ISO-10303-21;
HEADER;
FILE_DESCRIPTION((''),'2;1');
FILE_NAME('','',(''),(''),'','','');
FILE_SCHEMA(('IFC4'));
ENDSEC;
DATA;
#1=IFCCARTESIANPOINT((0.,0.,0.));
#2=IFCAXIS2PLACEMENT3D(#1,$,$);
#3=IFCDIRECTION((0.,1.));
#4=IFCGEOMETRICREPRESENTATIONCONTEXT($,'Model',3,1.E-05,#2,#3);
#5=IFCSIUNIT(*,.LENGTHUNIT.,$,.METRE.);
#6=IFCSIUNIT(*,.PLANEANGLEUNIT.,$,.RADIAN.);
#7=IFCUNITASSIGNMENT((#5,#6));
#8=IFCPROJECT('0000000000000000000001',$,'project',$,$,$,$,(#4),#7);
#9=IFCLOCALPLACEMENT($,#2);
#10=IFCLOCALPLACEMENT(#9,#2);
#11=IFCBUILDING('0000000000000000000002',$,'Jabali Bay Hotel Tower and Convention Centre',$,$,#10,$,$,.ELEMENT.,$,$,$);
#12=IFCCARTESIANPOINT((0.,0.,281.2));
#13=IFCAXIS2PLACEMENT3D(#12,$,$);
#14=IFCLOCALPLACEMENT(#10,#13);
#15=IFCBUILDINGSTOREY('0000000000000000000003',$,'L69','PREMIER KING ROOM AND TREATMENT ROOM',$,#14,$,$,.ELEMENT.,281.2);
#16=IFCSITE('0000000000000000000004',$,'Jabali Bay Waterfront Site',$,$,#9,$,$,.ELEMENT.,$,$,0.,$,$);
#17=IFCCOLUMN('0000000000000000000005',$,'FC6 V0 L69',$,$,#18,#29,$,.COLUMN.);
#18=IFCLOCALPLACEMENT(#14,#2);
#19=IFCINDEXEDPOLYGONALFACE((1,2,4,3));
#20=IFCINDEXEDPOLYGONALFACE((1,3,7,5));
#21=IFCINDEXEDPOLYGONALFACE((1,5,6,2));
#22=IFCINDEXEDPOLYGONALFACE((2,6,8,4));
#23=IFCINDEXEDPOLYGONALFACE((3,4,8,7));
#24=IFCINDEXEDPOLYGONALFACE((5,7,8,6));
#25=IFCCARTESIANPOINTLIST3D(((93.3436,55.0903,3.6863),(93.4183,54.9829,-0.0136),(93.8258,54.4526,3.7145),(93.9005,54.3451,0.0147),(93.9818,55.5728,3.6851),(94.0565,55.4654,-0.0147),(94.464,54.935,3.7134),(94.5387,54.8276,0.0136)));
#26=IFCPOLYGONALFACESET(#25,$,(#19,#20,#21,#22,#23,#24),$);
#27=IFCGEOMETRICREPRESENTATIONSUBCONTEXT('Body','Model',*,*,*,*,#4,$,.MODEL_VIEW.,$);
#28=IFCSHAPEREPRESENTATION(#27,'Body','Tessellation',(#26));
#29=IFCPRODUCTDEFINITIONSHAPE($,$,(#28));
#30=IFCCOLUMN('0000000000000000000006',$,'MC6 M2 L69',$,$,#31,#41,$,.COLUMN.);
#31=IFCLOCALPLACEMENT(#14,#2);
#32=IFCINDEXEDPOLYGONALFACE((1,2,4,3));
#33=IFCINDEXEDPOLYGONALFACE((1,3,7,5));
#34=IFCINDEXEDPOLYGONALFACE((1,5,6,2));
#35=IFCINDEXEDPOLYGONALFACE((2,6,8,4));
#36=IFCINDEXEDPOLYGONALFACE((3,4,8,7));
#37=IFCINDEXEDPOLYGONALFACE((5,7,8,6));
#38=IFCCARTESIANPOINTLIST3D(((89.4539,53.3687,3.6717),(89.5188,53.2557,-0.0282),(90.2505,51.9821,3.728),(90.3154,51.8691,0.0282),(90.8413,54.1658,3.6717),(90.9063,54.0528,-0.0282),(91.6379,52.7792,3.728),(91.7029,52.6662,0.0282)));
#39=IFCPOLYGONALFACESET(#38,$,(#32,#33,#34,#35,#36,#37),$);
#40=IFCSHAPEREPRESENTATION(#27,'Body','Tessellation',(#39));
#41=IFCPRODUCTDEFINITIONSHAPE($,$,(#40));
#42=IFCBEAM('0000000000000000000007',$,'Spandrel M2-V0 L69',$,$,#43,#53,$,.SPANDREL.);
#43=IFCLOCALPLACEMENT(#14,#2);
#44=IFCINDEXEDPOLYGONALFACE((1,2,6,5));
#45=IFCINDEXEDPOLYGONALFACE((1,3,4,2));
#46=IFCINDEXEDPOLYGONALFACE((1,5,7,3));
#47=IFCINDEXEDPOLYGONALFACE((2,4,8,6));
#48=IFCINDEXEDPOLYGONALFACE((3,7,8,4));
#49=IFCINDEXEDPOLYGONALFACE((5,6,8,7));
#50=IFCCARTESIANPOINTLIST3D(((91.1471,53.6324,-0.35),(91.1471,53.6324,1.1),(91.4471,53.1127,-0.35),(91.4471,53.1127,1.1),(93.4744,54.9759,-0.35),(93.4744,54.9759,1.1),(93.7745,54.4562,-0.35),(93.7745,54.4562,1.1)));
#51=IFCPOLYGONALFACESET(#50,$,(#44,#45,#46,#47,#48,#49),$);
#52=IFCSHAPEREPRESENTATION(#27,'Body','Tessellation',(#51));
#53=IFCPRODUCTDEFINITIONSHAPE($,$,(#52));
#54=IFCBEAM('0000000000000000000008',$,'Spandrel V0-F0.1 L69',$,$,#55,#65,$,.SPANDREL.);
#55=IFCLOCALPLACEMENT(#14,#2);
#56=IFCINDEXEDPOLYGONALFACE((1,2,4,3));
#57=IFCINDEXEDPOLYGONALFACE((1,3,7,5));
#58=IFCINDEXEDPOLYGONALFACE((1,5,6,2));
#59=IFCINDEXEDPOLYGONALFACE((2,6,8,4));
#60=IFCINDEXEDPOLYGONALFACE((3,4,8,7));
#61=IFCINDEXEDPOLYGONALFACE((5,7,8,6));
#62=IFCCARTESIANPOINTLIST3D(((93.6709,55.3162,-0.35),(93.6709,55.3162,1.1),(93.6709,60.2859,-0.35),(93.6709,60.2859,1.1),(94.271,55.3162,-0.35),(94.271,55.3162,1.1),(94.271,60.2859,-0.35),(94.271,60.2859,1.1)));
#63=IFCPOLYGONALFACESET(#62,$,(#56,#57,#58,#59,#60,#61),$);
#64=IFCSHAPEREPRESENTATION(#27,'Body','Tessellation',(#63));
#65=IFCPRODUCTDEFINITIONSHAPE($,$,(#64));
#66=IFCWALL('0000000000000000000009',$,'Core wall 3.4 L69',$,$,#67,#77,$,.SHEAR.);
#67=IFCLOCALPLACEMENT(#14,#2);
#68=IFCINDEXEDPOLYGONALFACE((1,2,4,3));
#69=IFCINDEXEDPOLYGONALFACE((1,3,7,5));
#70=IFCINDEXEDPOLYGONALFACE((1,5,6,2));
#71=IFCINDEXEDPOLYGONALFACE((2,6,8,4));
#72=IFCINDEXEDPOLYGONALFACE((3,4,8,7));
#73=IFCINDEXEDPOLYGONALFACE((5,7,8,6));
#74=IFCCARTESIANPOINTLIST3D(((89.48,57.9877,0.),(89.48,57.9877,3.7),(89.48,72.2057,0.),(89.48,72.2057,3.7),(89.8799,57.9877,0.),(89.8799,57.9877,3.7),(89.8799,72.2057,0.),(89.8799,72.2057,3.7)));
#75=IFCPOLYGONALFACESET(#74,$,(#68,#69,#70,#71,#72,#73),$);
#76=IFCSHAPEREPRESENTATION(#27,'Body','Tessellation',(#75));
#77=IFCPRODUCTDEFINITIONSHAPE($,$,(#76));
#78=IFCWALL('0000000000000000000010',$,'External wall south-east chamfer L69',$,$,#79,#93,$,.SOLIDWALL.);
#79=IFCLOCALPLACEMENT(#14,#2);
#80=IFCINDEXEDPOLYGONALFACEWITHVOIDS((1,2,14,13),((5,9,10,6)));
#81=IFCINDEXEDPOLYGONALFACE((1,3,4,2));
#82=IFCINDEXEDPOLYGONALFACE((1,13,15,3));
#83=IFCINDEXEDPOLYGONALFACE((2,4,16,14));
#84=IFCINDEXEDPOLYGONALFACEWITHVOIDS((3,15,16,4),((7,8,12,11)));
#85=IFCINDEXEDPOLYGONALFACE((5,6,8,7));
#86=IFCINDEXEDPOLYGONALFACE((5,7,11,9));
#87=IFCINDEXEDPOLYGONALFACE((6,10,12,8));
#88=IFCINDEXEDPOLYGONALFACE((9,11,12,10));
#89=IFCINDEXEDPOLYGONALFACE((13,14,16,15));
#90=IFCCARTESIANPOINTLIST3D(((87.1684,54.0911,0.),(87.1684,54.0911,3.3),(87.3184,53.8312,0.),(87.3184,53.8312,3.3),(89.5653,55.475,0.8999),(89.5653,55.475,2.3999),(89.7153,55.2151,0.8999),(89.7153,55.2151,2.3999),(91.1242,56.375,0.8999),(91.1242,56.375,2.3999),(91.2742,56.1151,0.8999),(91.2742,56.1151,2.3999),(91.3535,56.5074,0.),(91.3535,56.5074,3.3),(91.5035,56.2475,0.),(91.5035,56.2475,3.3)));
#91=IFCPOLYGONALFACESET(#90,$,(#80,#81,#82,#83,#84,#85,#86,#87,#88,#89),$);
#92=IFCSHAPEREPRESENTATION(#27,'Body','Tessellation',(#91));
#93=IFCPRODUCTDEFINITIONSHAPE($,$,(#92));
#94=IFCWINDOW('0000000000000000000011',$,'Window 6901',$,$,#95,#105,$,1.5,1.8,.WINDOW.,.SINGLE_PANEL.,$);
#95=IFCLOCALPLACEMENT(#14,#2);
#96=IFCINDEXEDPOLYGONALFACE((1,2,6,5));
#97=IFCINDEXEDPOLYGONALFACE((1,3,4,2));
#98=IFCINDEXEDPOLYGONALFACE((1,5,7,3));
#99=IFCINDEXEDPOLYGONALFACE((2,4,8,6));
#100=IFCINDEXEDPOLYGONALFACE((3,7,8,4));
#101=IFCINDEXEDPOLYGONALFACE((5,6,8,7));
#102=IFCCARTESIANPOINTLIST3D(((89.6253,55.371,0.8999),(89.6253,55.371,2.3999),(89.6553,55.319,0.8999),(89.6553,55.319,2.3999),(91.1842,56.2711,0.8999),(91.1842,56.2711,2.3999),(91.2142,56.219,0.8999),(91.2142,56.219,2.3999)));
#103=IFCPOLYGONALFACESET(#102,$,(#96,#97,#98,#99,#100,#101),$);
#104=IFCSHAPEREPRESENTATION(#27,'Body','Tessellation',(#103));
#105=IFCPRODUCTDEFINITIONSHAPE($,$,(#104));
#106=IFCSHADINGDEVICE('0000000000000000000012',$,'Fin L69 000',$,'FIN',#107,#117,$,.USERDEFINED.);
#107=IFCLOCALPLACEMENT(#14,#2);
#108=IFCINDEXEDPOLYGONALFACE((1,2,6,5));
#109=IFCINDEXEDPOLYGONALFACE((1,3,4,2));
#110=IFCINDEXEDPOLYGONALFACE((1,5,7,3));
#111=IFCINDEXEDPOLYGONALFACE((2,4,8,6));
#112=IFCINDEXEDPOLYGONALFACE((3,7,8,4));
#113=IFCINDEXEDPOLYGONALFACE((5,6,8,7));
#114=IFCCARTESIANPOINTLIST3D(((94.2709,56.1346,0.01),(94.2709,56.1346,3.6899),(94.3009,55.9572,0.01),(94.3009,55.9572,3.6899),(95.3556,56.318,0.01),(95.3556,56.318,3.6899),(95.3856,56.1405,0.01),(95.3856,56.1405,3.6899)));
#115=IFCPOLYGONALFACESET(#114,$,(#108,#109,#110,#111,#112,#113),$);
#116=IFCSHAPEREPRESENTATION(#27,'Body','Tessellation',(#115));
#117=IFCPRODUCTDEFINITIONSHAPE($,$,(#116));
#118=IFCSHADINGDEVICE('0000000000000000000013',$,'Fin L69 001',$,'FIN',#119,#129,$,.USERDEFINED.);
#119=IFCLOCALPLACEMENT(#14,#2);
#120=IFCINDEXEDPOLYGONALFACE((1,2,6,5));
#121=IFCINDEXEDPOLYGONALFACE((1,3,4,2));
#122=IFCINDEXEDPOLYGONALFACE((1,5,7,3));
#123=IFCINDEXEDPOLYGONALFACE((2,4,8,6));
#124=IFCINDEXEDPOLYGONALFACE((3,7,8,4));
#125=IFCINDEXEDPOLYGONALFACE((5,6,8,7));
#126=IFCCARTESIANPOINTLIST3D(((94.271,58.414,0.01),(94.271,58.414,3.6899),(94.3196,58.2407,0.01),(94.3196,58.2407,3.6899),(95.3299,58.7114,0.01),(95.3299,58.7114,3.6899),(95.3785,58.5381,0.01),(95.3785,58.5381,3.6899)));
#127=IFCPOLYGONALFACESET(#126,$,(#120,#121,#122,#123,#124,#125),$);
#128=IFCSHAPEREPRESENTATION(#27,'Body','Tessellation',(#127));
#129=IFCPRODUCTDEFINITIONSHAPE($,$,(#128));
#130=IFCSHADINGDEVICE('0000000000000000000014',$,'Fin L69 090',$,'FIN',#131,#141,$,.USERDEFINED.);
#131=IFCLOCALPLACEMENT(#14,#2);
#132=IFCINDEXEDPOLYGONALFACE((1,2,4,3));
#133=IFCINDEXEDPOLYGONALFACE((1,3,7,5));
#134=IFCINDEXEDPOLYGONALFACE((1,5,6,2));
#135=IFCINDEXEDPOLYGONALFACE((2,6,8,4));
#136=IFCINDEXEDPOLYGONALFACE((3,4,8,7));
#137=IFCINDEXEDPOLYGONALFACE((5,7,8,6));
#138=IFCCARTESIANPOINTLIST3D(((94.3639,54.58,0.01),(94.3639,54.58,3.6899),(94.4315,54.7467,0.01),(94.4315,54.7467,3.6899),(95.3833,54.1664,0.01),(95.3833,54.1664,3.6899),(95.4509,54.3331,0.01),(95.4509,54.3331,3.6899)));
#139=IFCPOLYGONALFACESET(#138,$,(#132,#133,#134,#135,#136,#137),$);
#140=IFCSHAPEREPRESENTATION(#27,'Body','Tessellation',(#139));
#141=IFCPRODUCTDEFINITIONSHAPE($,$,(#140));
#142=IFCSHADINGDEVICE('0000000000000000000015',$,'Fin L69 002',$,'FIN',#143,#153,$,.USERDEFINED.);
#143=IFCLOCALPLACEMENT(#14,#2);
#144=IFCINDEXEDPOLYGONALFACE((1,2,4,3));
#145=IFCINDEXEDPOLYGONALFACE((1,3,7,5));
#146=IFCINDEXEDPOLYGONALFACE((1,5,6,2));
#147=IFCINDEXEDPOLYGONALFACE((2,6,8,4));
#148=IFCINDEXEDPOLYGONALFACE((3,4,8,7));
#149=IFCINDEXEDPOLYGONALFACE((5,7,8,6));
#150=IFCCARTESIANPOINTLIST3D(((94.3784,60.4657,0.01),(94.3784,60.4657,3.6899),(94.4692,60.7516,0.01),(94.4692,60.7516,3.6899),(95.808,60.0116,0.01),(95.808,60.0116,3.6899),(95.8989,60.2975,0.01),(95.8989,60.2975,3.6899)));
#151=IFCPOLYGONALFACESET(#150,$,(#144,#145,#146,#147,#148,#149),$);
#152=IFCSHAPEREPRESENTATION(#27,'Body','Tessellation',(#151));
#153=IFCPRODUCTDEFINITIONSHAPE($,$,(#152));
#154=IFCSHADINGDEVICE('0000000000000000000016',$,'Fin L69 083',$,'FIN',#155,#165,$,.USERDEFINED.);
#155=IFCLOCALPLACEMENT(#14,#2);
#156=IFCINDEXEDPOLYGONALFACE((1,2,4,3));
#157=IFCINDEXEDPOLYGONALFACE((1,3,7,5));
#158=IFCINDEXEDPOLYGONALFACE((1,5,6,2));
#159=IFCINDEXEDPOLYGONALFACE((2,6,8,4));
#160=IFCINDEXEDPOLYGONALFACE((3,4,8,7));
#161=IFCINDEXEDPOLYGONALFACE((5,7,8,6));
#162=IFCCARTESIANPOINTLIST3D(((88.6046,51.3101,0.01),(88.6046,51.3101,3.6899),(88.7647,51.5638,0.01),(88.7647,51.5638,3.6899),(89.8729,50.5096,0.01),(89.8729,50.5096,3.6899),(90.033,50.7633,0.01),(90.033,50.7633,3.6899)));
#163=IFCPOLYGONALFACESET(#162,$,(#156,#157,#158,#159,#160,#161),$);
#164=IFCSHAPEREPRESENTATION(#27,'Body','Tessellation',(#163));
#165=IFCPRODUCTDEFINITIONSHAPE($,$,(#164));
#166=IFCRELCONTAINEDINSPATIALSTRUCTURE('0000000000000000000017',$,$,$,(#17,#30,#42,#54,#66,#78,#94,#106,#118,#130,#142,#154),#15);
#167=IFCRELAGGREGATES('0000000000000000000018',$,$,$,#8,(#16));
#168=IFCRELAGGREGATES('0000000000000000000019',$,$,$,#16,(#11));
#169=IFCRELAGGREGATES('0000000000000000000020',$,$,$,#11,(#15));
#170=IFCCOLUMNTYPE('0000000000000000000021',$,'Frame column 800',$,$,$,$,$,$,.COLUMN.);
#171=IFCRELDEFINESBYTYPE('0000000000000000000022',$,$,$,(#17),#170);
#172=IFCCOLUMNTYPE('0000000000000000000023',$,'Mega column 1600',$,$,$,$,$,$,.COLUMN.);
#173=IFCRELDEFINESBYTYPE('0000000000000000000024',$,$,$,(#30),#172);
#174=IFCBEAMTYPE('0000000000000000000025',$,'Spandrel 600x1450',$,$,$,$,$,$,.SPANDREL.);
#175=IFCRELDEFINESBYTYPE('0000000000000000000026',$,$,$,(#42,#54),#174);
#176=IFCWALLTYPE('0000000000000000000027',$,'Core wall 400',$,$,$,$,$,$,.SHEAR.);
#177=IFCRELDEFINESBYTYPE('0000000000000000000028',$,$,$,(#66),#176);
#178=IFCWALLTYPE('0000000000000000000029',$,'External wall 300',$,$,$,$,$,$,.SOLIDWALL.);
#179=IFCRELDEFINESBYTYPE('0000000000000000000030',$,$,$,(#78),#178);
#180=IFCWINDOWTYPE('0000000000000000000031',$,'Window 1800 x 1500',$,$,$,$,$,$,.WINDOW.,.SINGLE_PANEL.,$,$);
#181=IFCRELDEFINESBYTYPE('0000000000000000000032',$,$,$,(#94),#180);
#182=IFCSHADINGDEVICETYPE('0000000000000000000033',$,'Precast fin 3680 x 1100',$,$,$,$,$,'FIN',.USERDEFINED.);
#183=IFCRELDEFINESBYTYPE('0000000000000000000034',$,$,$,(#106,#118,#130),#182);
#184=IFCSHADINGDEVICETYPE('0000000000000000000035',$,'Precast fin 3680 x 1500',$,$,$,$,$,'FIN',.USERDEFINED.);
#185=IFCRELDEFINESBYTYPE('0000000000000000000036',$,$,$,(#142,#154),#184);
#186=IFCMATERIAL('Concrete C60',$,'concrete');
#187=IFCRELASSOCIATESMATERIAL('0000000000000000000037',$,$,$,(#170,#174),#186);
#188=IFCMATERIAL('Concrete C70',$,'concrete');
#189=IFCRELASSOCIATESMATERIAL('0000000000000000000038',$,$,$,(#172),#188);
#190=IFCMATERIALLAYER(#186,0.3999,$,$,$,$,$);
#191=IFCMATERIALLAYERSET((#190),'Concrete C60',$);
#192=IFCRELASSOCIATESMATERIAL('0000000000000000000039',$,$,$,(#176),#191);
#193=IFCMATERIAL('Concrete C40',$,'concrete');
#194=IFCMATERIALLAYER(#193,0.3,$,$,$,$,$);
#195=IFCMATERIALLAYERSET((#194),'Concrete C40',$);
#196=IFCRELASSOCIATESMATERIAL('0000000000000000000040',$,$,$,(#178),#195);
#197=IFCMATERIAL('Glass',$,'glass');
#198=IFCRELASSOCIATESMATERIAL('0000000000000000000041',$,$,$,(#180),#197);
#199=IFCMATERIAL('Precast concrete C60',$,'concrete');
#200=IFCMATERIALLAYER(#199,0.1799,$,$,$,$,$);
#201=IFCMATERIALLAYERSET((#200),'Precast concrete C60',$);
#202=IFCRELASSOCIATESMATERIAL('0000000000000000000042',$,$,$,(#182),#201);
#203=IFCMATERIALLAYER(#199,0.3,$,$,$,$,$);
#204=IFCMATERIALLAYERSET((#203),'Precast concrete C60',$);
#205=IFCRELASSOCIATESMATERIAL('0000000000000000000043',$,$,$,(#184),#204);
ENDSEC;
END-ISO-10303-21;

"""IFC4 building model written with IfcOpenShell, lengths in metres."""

from ifc_helpers import new_model, si_unit, direction, frame, frame_2d, origin, origin_2d, place, context, subcontext, project, spatial, rectangle, extrude, material, layer, layer_set, material_profile, profile_set, type_object, element, fill, save


model = new_model("IFC4")

# Units and contexts
model_context = context("Model", 3, precision=1e-05, world=origin(), true_north=direction((0.0, 1.0)))
body_context = subcontext(model_context, "Body", "Model", "MODEL_VIEW")
ifc_project = project(units=[si_unit("LENGTHUNIT", "METRE"), si_unit("PLANEANGLEUNIT", "RADIAN")], contexts=[model_context])

# Site, building, storey
site_placement = place(None, origin())
site = spatial("IfcSite", under=ifc_project, at=site_placement, Name="Jabali Bay Waterfront Site", CompositionType="ELEMENT", RefElevation=0.0)
building_placement = place(site_placement, origin())
building = spatial("IfcBuilding", under=site, at=building_placement, Name="Jabali Bay Hotel Tower and Convention Centre", CompositionType="ELEMENT")
storey_placement = place(building_placement, frame((0.0, 0.0, 281.2)))
storey = spatial("IfcBuildingStorey", under=building, at=storey_placement, Name="L69", Description="PREMIER KING ROOM AND TREATMENT ROOM", CompositionType="ELEMENT", Elevation=281.2)

# Columns
ifc_material_1 = material(Name="Concrete C60", Category="concrete")
ifc_material_profile_1 = material_profile(ifc_material_1, rectangle(XDim=0.8, YDim=0.8, at=origin_2d()), Name="Frame column 800")
ifc_profile_set_1 = profile_set([ifc_material_profile_1], Name="Concrete C60")
column_type_1 = type_object("IfcColumnType", Name="Frame column 800", PredefinedType="COLUMN", material=ifc_profile_set_1)
column_1_placement = place(storey_placement, frame((93.9785, 54.9053, 0.0), z_axis=(-0.020179, 0.029015, 0.999375), x_axis=(-0.797698, -0.603056, 0.001402)))
element("IfcColumn", 1, at=column_1_placement, inside=storey, type_object=column_type_1, Name="FC6 V0 L69", PredefinedType="COLUMN", context=body_context, shape_type="SweptSolid", body=[
    extrude(rectangle(XDim=0.8, YDim=0.8, at=origin_2d()), origin(), (0.0, 0.0, 1.0), 3.7021),
])
ifc_material_2 = material(Name="Concrete C70", Category="concrete")
ifc_material_profile_2 = material_profile(ifc_material_2, rectangle(XDim=1.6001, YDim=1.6001, at=origin_2d()), Name="Mega column 1600")
ifc_profile_set_2 = profile_set([ifc_material_profile_2], Name="Concrete C70")
column_type_2 = type_object("IfcColumnType", Name="Mega column 1600", PredefinedType="COLUMN", material=ifc_profile_set_2)
column_2_placement = place(storey_placement, frame((90.6108, 52.9609, 0.0), z_axis=(-0.017541, 0.030532, 0.99938), x_axis=(0.497843, -0.866552, 0.035212)))
element("IfcColumn", 2, at=column_2_placement, inside=storey, type_object=column_type_2, Name="MC6 M2 L69", PredefinedType="COLUMN", context=body_context, shape_type="SweptSolid", body=[
    extrude(rectangle(XDim=1.6001, YDim=1.6001, at=origin_2d()), origin(), (0.0, 0.0, 1.0), 3.7021),
])

# Beams
ifc_material_profile_3 = material_profile(ifc_material_1, rectangle(XDim=0.6001, YDim=1.45, at=origin_2d()), Name="Spandrel 600x1450")
ifc_profile_set_3 = profile_set([ifc_material_profile_3], Name="Concrete C60")
beam_type = type_object("IfcBeamType", Name="Spandrel 600x1450", PredefinedType="SPANDREL", material=ifc_profile_set_3)
beam_1_placement = place(storey_placement, frame((91.2971, 53.3726, 0.375), z_axis=(0.86606, 0.49994, 0.0), x_axis=(-0.49994, 0.86606, 0.0)))
element("IfcBeam", 3, at=beam_1_placement, inside=storey, type_object=beam_type, Name="Spandrel M2-V0 L69", PredefinedType="SPANDREL", context=body_context, shape_type="SweptSolid", body=[
    extrude(rectangle(XDim=0.6001, YDim=1.45, at=origin_2d()), origin(), (0.0, 0.0, 1.0), 2.6873),
])
beam_2_placement = place(storey_placement, frame((93.9709, 55.3162, 0.375), z_axis=(0.0, 1.0, 0.0), x_axis=(-1.0, 0.0, 0.0)))
element("IfcBeam", 4, at=beam_2_placement, inside=storey, type_object=beam_type, Name="Spandrel V0-F0.1 L69", PredefinedType="SPANDREL", context=body_context, shape_type="SweptSolid", body=[
    extrude(rectangle(XDim=0.6001, YDim=1.45, at=origin_2d()), origin(), (0.0, 0.0, 1.0), 4.9697),
])

# Wall
ifc_layer_1 = layer(ifc_material_1, 0.3999)
ifc_layer_set_1 = layer_set([ifc_layer_1], Name="Concrete C60")
wall_type_1 = type_object("IfcWallType", Name="Core wall 400", PredefinedType="SHEAR", material=ifc_layer_set_1)
wall_1_placement = place(storey_placement, frame((89.6799, 57.9878, 0.0), z_axis=(0.0, 0.0, 1.0), x_axis=(0.0, 1.0, 0.0)))
element("IfcWall", 5, at=wall_1_placement, inside=storey, type_object=wall_type_1, Name="Core wall 3.4 L69", PredefinedType="SHEAR", context=body_context, shape_type="SweptSolid", body=[
    extrude(rectangle(XDim=14.218, YDim=0.3999, at=frame_2d((7.1089, 0.0))), origin(), (0.0, 0.0, 1.0), 3.7),
])

# Wall, opening, window
ifc_material_3 = material(Name="Concrete C40", Category="concrete")
ifc_layer_2 = layer(ifc_material_3, 0.3)
ifc_layer_set_2 = layer_set([ifc_layer_2], Name="Concrete C40")
wall_type_2 = type_object("IfcWallType", Name="External wall 300", PredefinedType="SOLIDWALL", material=ifc_layer_set_2)
wall_2_placement = place(storey_placement, frame((91.4285, 56.3774, 0.0), z_axis=(0.0, 0.0, 1.0), x_axis=(-0.866024, -0.500002, 0.0)))
wall_2 = element("IfcWall", 6, at=wall_2_placement, inside=storey, type_object=wall_type_2, Name="External wall south-east chamfer L69", PredefinedType="SOLIDWALL", context=body_context, shape_type="SweptSolid", body=[
    extrude(rectangle(XDim=4.8325, YDim=0.3, at=frame_2d((2.4163, 0.0))), origin(), (0.0, 0.0, 1.0), 3.3),
])
opening_placement = place(wall_2_placement, frame((0.2649, 0.0, 0.8999)))
opening = element("IfcOpeningElement", 7, at=opening_placement, cuts=wall_2, PredefinedType="OPENING", context=body_context, shape_type="SweptSolid", body=[
    extrude(rectangle(XDim=1.8, YDim=1.5, at=frame_2d((0.8999, 0.75))), frame((0.0, 0.1606, 0.0), z_axis=(0.0, -1.0, 0.0), x_axis=(1.0, 0.0, 0.0)), (0.0, 0.0, 1.0), 0.321),
])
ifc_material_4 = material(Name="Glass", Category="glass")
window_type = type_object("IfcWindowType", Name="Window 1800 x 1500", PartitioningType="SINGLE_PANEL", PredefinedType="WINDOW", material=ifc_material_4)
window_placement = place(opening_placement, origin())
window = element("IfcWindow", 8, at=window_placement, inside=storey, type_object=window_type, Name="Window 6901", OverallHeight=1.5, OverallWidth=1.8, PartitioningType="SINGLE_PANEL", PredefinedType="WINDOW", context=body_context, shape_type="SweptSolid", body=[
    extrude(rectangle(XDim=1.8, YDim=1.5, at=frame_2d((0.8999, 0.75))), frame((0.0, 0.03, 0.0), z_axis=(0.0, -1.0, 0.0), x_axis=(1.0, 0.0, 0.0)), (0.0, 0.0, 1.0), 0.0601),
])
fill(opening, window)

# Shading devices
ifc_material_5 = material(Name="Precast concrete C60", Category="concrete")
ifc_layer_3 = layer(ifc_material_5, 0.1799)
ifc_layer_set_3 = layer_set([ifc_layer_3], Name="Precast concrete C60")
shading_device_type_1 = type_object("IfcShadingDeviceType", Name="Precast fin 3680 x 1100", ElementType="FIN", PredefinedType="USERDEFINED", material=ifc_layer_set_3)
shading_device_1_placement = place(storey_placement, frame((94.2859, 56.0459, 0.01), z_axis=(0.0, 0.0, 1.0), x_axis=(0.986013, 0.166666, 0.0)))
element("IfcShadingDevice", 9, at=shading_device_1_placement, inside=storey, type_object=shading_device_type_1, Name="Fin L69 000", ObjectType="FIN", PredefinedType="USERDEFINED", context=body_context, shape_type="SweptSolid", body=[
    extrude(rectangle(XDim=1.1001, YDim=0.1799, at=frame_2d((0.55, 0.0))), origin(), (0.0, 0.0, 1.0), 3.6799),
])
shading_device_2_placement = place(storey_placement, frame((94.2954, 58.3274, 0.01), z_axis=(0.0, 0.0, 1.0), x_axis=(0.962754, 0.270379, 0.0)))
element("IfcShadingDevice", 10, at=shading_device_2_placement, inside=storey, type_object=shading_device_type_1, Name="Fin L69 001", ObjectType="FIN", PredefinedType="USERDEFINED", context=body_context, shape_type="SweptSolid", body=[
    extrude(rectangle(XDim=1.0999, YDim=0.1799, at=frame_2d((0.5498, 0.0))), origin(), (0.0, 0.0, 1.0), 3.6799),
])
shading_device_3_placement = place(storey_placement, frame((94.3977, 54.6633, 0.01), z_axis=(0.0, 0.0, 1.0), x_axis=(0.926629, -0.375978, 0.0)))
element("IfcShadingDevice", 11, at=shading_device_3_placement, inside=storey, type_object=shading_device_type_1, Name="Fin L69 090", ObjectType="FIN", PredefinedType="USERDEFINED", context=body_context, shape_type="SweptSolid", body=[
    extrude(rectangle(XDim=1.1001, YDim=0.1799, at=frame_2d((0.55, 0.0))), origin(), (0.0, 0.0, 1.0), 3.6799),
])
ifc_layer_4 = layer(ifc_material_5, 0.3)
ifc_layer_set_4 = layer_set([ifc_layer_4], Name="Precast concrete C60")
shading_device_type_2 = type_object("IfcShadingDeviceType", Name="Precast fin 3680 x 1500", ElementType="FIN", PredefinedType="USERDEFINED", material=ifc_layer_set_4)
shading_device_4_placement = place(storey_placement, frame((94.4238, 60.6086, 0.01), z_axis=(0.0, 0.0, 1.0), x_axis=(0.95308, -0.30272, 0.0)))
element("IfcShadingDevice", 12, at=shading_device_4_placement, inside=storey, type_object=shading_device_type_2, Name="Fin L69 002", ObjectType="FIN", PredefinedType="USERDEFINED", context=body_context, shape_type="SweptSolid", body=[
    extrude(rectangle(XDim=1.5, YDim=0.3, at=frame_2d((0.75, 0.0))), origin(), (0.0, 0.0, 1.0), 3.6799),
])
shading_device_5_placement = place(storey_placement, frame((88.6846, 51.437, 0.01), z_axis=(0.0, 0.0, 1.0), x_axis=(0.84564, -0.533754, 0.0)))
element("IfcShadingDevice", 13, at=shading_device_5_placement, inside=storey, type_object=shading_device_type_2, Name="Fin L69 083", ObjectType="FIN", PredefinedType="USERDEFINED", context=body_context, shape_type="SweptSolid", body=[
    extrude(rectangle(XDim=1.4998, YDim=0.3, at=frame_2d((0.75, 0.0))), origin(), (0.0, 0.0, 1.0), 3.6799),
])

save(model, "model.ifc")
